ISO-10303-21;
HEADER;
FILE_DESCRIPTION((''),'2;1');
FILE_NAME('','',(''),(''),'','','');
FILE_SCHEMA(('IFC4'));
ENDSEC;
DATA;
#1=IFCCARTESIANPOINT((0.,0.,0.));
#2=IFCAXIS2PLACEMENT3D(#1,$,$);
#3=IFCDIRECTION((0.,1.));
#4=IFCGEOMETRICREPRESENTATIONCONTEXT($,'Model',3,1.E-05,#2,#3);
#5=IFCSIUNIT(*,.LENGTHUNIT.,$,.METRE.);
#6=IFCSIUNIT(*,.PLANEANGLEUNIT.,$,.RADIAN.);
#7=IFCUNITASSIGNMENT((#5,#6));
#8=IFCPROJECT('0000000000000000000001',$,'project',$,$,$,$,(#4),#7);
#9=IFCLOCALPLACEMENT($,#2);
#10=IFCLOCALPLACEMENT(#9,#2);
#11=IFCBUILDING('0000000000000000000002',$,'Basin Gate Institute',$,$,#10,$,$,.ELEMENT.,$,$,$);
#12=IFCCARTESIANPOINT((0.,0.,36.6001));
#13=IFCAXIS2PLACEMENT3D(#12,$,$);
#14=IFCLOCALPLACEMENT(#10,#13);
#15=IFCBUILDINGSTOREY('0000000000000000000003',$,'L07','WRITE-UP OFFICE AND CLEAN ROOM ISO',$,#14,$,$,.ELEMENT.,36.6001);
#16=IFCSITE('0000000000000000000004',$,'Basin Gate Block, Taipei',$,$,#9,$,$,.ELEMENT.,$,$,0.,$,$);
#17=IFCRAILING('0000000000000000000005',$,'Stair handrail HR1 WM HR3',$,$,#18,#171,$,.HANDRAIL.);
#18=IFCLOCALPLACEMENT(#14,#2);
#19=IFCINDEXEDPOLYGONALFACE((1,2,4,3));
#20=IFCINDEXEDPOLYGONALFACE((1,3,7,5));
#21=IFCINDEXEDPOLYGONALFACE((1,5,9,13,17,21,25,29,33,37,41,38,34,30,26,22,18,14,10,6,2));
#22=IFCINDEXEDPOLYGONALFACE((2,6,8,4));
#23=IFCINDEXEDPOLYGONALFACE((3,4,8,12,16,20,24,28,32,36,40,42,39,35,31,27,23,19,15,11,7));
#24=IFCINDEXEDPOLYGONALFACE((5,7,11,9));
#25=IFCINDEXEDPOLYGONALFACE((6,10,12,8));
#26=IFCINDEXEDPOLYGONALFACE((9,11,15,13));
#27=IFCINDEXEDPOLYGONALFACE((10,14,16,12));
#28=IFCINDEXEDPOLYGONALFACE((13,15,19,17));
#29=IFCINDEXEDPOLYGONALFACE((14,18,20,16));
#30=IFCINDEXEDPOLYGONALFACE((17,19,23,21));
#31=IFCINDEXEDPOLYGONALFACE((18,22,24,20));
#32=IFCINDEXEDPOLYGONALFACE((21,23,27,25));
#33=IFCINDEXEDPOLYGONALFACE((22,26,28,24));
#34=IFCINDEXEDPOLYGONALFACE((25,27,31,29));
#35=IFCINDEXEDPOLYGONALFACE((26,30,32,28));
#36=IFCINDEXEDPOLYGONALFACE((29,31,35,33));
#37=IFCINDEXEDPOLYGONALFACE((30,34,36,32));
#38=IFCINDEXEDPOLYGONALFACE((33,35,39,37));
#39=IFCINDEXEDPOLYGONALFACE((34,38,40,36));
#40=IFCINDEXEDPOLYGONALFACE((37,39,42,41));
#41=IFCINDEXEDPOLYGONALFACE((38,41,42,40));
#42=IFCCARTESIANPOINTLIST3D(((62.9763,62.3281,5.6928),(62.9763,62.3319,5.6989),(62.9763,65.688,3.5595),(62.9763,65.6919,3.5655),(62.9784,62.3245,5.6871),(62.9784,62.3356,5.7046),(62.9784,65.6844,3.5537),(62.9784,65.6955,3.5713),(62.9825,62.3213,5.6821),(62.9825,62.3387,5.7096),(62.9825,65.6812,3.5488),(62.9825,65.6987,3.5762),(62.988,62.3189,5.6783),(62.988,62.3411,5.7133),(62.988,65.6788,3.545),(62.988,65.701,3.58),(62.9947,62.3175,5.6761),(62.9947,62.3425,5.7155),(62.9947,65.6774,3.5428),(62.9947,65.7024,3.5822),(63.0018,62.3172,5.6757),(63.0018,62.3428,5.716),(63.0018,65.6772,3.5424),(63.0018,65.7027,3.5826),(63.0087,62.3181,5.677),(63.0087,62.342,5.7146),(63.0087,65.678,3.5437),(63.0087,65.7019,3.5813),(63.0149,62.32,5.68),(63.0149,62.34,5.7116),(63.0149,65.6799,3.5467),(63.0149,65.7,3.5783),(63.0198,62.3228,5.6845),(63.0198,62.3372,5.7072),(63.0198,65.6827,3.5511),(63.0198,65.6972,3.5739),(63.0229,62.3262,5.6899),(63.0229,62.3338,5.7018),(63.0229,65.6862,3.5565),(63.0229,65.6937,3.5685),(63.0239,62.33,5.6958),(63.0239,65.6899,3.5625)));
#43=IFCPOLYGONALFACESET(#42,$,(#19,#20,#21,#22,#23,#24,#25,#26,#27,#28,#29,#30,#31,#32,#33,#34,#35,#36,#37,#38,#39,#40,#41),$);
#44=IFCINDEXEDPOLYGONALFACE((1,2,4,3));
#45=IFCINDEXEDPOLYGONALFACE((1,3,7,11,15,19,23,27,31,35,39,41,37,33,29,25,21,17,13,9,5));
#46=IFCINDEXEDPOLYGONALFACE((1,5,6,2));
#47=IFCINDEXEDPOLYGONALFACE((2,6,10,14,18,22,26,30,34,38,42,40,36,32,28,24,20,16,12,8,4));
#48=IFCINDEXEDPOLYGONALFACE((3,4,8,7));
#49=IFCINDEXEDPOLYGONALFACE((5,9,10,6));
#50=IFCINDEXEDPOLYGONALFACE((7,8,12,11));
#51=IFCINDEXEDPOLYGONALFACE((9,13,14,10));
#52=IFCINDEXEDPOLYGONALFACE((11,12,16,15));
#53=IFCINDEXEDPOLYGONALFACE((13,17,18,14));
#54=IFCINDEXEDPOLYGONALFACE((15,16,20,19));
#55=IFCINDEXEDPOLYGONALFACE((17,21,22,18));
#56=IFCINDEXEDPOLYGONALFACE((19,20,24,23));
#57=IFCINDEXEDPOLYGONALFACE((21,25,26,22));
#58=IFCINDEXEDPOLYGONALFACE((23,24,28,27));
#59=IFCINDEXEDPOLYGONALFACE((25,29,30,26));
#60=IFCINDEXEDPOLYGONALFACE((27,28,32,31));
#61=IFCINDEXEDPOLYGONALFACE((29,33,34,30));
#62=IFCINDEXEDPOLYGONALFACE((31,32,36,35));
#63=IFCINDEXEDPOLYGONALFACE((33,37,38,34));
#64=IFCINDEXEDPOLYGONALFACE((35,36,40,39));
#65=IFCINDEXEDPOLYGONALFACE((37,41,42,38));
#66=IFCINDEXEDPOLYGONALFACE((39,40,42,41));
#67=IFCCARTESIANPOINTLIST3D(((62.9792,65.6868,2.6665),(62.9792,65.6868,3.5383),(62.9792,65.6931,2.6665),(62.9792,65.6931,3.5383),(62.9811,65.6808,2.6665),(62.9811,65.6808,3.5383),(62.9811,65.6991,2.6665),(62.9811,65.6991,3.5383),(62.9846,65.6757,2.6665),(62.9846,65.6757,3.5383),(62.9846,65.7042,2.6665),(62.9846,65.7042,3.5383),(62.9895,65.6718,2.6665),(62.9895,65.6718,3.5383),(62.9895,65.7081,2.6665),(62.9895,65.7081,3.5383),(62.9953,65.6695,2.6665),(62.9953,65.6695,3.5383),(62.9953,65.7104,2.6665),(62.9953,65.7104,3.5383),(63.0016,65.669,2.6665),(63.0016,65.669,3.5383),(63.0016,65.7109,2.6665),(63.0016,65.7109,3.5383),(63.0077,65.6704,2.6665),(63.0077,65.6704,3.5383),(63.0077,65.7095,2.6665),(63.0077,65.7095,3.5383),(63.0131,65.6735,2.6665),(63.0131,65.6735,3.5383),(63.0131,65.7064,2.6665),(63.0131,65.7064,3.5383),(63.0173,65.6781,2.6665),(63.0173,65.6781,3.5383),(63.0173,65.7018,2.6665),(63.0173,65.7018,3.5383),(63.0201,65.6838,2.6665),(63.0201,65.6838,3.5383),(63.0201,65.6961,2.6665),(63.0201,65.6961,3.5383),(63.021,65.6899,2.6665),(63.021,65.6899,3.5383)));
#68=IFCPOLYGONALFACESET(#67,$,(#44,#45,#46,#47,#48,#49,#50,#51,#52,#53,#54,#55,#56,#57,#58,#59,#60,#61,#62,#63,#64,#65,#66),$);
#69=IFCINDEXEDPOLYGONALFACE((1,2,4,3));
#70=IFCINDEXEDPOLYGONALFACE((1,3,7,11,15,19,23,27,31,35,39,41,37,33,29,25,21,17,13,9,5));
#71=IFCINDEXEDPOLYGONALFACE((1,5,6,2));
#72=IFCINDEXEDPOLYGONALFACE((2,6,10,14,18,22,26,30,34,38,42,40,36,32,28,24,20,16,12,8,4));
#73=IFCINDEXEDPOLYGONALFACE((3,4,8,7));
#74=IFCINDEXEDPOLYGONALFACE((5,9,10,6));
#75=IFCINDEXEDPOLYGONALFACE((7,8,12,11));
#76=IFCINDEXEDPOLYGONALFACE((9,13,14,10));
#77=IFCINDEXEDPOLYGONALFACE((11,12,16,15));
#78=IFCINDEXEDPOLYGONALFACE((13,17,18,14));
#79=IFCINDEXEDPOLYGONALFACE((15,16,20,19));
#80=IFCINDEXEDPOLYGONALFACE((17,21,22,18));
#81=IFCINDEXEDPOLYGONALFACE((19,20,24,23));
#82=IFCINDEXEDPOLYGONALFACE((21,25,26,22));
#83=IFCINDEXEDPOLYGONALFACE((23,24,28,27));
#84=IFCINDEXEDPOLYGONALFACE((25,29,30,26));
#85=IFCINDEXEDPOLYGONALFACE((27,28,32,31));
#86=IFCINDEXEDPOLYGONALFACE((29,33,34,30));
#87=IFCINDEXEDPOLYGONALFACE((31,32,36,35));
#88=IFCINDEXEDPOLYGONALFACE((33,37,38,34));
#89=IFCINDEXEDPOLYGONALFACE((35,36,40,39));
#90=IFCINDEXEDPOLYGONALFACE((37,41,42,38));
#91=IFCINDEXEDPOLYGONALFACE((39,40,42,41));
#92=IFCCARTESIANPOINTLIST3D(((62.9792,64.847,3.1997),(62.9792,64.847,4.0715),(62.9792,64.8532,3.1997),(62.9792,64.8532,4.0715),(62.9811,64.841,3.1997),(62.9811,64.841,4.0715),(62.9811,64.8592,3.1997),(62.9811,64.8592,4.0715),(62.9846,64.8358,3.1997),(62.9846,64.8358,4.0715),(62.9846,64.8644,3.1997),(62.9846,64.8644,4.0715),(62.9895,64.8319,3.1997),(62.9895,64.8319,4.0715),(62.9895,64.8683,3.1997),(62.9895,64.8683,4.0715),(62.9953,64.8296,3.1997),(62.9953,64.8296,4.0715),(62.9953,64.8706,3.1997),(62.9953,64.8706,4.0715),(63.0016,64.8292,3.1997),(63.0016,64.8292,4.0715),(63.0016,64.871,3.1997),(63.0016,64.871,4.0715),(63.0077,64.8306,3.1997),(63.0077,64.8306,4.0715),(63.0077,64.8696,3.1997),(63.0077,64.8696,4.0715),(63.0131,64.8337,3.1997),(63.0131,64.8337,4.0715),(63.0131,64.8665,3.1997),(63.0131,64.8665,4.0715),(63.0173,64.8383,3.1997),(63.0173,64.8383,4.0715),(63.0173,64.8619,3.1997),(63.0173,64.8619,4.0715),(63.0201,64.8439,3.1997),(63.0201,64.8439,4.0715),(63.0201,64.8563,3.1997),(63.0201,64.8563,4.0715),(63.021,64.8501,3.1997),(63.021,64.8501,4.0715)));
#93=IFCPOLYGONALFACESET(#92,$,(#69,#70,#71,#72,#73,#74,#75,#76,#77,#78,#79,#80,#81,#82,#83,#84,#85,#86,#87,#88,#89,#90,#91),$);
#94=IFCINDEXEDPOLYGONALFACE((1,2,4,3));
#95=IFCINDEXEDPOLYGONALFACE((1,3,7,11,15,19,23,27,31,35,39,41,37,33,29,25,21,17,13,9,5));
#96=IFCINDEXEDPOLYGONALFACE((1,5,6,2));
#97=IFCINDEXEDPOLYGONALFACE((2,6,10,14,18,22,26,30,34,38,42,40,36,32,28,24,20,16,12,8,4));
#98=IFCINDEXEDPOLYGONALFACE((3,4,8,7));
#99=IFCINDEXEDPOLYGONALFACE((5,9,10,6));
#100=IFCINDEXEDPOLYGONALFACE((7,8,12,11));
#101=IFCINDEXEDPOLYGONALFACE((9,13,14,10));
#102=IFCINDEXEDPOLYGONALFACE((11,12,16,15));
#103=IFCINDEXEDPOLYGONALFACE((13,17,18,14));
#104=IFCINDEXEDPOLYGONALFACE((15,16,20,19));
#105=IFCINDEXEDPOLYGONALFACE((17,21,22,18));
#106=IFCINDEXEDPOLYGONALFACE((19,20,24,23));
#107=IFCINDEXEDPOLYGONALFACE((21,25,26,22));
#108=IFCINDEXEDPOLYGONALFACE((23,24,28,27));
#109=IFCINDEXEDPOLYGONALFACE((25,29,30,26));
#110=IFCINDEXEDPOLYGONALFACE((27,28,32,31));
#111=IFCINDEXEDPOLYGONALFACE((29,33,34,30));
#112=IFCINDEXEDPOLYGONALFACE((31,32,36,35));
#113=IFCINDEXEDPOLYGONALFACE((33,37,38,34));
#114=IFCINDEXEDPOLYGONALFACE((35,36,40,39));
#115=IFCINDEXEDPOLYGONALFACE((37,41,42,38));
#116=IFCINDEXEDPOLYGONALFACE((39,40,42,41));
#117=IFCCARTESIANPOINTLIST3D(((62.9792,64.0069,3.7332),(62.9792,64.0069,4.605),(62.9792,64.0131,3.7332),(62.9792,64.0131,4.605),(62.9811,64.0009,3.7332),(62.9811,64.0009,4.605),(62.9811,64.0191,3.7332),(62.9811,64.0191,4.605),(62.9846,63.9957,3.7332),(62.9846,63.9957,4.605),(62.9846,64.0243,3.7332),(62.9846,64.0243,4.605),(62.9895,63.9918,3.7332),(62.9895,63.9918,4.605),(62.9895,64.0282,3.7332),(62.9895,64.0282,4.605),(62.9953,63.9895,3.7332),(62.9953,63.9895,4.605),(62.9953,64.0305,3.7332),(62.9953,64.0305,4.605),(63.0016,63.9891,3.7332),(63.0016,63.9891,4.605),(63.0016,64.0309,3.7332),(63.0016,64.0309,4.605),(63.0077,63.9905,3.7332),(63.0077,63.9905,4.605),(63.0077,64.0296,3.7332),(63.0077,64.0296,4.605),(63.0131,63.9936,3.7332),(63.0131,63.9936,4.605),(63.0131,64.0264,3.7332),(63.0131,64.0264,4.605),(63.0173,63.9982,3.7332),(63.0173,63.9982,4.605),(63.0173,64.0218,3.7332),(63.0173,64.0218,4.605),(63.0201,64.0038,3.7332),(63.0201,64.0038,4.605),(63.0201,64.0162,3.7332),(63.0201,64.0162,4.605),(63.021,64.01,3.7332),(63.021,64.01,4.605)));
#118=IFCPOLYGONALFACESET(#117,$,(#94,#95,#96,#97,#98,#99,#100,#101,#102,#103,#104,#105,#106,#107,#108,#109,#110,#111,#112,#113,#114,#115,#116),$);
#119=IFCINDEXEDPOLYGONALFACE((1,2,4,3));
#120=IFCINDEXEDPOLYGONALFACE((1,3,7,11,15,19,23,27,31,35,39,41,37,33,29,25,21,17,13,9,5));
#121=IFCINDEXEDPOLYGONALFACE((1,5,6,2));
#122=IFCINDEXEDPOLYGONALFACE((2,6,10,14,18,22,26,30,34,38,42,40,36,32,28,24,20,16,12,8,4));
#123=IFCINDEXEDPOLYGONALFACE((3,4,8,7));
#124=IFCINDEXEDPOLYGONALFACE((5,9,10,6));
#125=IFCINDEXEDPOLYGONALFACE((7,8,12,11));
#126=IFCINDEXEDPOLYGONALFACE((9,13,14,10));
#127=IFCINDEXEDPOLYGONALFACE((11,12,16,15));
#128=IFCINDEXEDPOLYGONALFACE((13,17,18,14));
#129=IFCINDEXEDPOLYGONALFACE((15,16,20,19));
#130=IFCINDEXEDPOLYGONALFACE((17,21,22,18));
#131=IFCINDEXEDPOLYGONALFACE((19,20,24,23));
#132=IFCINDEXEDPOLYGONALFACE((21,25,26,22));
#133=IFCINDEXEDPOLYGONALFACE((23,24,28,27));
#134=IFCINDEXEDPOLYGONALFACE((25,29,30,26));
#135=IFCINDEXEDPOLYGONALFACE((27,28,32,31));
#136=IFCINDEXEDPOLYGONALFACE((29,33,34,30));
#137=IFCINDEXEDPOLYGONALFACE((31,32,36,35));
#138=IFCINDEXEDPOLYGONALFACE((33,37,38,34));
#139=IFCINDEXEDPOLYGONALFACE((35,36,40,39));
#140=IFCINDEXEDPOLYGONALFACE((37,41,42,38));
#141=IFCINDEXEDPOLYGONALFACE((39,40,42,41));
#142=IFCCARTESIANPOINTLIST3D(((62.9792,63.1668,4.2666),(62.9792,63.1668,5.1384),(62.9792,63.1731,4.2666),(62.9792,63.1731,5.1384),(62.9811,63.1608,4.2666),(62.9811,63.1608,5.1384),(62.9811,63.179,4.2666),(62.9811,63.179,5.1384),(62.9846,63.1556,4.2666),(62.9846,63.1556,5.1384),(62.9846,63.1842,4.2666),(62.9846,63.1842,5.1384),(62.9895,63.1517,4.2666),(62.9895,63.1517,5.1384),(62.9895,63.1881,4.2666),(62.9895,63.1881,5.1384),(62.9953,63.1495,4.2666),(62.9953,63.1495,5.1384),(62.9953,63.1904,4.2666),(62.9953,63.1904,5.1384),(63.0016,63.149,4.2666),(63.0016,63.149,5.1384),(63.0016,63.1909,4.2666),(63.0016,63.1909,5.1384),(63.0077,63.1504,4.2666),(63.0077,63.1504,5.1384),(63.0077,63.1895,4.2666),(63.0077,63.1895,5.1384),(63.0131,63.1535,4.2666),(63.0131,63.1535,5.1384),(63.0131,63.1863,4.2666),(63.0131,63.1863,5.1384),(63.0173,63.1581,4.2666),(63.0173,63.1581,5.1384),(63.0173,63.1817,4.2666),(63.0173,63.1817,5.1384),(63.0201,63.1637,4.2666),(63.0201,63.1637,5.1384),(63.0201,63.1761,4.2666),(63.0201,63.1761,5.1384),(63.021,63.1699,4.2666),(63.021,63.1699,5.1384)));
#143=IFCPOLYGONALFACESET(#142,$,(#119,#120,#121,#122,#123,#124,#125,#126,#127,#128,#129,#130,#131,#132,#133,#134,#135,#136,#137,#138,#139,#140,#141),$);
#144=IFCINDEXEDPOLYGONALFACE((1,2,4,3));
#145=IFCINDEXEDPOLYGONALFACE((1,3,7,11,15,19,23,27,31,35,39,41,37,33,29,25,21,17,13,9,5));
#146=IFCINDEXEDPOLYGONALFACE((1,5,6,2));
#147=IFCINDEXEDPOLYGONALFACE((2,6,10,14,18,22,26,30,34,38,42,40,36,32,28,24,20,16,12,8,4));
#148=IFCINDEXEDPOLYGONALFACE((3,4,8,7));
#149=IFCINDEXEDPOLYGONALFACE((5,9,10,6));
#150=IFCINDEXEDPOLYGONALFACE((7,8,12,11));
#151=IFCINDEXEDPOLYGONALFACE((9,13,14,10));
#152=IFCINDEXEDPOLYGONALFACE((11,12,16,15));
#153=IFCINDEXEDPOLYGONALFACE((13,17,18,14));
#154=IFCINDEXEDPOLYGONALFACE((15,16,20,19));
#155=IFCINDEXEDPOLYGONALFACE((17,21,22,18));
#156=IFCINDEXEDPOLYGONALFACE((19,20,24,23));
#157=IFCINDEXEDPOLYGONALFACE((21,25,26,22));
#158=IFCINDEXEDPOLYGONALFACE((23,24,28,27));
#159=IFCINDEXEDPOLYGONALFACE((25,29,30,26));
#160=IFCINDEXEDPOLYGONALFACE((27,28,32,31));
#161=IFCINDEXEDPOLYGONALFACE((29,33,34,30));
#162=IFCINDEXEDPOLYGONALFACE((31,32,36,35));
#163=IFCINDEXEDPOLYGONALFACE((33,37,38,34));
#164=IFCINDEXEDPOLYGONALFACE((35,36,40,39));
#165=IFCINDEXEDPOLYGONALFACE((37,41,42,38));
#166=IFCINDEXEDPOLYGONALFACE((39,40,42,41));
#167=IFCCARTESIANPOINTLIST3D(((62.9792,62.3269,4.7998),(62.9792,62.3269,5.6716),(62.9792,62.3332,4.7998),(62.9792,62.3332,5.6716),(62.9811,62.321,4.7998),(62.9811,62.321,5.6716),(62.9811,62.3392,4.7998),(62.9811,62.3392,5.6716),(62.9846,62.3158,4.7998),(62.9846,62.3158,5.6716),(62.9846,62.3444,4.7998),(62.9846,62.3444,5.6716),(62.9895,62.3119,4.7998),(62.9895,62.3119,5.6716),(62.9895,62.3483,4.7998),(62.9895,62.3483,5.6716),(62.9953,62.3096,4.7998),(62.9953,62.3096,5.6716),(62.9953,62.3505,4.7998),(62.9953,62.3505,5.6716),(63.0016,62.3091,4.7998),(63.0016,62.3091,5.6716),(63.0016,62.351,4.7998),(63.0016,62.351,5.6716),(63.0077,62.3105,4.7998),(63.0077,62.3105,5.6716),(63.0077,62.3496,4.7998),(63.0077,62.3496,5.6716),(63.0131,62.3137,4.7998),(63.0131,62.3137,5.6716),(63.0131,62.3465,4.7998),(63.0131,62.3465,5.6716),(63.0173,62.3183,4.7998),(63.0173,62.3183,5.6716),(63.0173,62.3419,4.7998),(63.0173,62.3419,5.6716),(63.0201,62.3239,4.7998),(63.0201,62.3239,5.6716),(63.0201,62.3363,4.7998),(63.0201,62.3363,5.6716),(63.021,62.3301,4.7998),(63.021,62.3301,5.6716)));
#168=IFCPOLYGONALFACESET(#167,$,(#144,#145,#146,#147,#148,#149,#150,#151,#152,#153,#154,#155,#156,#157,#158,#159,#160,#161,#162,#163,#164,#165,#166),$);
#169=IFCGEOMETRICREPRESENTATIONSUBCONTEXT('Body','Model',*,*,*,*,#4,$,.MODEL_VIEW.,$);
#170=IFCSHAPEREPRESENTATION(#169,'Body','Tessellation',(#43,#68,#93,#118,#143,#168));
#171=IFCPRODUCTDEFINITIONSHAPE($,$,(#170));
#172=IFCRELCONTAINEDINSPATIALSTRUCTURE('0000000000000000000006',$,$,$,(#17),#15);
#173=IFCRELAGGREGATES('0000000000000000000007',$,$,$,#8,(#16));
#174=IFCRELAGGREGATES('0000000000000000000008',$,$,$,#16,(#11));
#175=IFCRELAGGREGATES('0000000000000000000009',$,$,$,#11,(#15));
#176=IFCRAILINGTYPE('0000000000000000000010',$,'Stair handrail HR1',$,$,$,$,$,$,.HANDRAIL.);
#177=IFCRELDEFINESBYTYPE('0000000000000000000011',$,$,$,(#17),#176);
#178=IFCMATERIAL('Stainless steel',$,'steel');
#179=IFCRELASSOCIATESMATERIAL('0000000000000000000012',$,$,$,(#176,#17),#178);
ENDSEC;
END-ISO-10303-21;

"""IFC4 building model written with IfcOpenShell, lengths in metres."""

from ifc_helpers import new_model, si_unit, direction, frame, origin, origin_2d, place, context, subcontext, project, spatial, circle, extrude, material, type_object, element, save


model = new_model("IFC4")

# Units and contexts
model_context = context("Model", 3, precision=1e-05, world=origin(), true_north=direction((0.0, 1.0)))
body_context = subcontext(model_context, "Body", "Model", "MODEL_VIEW")
ifc_project = project(units=[si_unit("LENGTHUNIT", "METRE"), si_unit("PLANEANGLEUNIT", "RADIAN")], contexts=[model_context])

# Site, building, storey
site_placement = place(None, origin())
site = spatial("IfcSite", under=ifc_project, at=site_placement, Name="Basin Gate Block, Taipei", CompositionType="ELEMENT", RefElevation=0.0)
building_placement = place(site_placement, origin())
building = spatial("IfcBuilding", under=site, at=building_placement, Name="Basin Gate Institute", CompositionType="ELEMENT")
storey_placement = place(building_placement, frame((0.0, 0.0, 36.6001)))
storey = spatial("IfcBuildingStorey", under=building, at=storey_placement, Name="L07", Description="WRITE-UP OFFICE AND CLEAN ROOM ISO", CompositionType="ELEMENT", Elevation=36.6001)

# Railing
ifc_material_1 = material(Name="Stainless steel", Category="steel")
railing_type_1 = type_object("IfcRailingType", Name="Stair handrail HR1", PredefinedType="HANDRAIL", material=ifc_material_1)
railing_1_placement = place(storey_placement, frame((63.0, 65.6899, 2.6665)))
element("IfcRailing", 1, at=railing_1_placement, inside=storey, type_object=railing_type_1, material=ifc_material_1, Name="Stair handrail HR1 WM HR3", PredefinedType="HANDRAIL", context=body_context, shape_type="SweptSolid", body=[
    extrude(circle(Radius=0.0239, at=origin_2d()), frame((0.0, 0.0, 0.896), z_axis=(0.0, -0.844207, 0.536018), x_axis=(1.0, 0.0, 0.0)), (0.0, 0.0, 1.0), 3.98),
    extrude(circle(Radius=0.021, at=origin_2d()), origin(), (0.0, 0.0, 1.0), 0.8718),
    extrude(circle(Radius=0.021, at=origin_2d()), frame((0.0, -0.8398, 0.5332)), (0.0, 0.0, 1.0), 0.8718),
    extrude(circle(Radius=0.021, at=origin_2d()), frame((0.0, -1.6799, 1.0667)), (0.0, 0.0, 1.0), 0.8718),
    extrude(circle(Radius=0.021, at=origin_2d()), frame((0.0, -2.52, 1.6001)), (0.0, 0.0, 1.0), 0.8718),
    extrude(circle(Radius=0.021, at=origin_2d()), frame((0.0, -3.3599, 2.1333)), (0.0, 0.0, 1.0), 0.8718),
])

save(model, "model.ifc")
